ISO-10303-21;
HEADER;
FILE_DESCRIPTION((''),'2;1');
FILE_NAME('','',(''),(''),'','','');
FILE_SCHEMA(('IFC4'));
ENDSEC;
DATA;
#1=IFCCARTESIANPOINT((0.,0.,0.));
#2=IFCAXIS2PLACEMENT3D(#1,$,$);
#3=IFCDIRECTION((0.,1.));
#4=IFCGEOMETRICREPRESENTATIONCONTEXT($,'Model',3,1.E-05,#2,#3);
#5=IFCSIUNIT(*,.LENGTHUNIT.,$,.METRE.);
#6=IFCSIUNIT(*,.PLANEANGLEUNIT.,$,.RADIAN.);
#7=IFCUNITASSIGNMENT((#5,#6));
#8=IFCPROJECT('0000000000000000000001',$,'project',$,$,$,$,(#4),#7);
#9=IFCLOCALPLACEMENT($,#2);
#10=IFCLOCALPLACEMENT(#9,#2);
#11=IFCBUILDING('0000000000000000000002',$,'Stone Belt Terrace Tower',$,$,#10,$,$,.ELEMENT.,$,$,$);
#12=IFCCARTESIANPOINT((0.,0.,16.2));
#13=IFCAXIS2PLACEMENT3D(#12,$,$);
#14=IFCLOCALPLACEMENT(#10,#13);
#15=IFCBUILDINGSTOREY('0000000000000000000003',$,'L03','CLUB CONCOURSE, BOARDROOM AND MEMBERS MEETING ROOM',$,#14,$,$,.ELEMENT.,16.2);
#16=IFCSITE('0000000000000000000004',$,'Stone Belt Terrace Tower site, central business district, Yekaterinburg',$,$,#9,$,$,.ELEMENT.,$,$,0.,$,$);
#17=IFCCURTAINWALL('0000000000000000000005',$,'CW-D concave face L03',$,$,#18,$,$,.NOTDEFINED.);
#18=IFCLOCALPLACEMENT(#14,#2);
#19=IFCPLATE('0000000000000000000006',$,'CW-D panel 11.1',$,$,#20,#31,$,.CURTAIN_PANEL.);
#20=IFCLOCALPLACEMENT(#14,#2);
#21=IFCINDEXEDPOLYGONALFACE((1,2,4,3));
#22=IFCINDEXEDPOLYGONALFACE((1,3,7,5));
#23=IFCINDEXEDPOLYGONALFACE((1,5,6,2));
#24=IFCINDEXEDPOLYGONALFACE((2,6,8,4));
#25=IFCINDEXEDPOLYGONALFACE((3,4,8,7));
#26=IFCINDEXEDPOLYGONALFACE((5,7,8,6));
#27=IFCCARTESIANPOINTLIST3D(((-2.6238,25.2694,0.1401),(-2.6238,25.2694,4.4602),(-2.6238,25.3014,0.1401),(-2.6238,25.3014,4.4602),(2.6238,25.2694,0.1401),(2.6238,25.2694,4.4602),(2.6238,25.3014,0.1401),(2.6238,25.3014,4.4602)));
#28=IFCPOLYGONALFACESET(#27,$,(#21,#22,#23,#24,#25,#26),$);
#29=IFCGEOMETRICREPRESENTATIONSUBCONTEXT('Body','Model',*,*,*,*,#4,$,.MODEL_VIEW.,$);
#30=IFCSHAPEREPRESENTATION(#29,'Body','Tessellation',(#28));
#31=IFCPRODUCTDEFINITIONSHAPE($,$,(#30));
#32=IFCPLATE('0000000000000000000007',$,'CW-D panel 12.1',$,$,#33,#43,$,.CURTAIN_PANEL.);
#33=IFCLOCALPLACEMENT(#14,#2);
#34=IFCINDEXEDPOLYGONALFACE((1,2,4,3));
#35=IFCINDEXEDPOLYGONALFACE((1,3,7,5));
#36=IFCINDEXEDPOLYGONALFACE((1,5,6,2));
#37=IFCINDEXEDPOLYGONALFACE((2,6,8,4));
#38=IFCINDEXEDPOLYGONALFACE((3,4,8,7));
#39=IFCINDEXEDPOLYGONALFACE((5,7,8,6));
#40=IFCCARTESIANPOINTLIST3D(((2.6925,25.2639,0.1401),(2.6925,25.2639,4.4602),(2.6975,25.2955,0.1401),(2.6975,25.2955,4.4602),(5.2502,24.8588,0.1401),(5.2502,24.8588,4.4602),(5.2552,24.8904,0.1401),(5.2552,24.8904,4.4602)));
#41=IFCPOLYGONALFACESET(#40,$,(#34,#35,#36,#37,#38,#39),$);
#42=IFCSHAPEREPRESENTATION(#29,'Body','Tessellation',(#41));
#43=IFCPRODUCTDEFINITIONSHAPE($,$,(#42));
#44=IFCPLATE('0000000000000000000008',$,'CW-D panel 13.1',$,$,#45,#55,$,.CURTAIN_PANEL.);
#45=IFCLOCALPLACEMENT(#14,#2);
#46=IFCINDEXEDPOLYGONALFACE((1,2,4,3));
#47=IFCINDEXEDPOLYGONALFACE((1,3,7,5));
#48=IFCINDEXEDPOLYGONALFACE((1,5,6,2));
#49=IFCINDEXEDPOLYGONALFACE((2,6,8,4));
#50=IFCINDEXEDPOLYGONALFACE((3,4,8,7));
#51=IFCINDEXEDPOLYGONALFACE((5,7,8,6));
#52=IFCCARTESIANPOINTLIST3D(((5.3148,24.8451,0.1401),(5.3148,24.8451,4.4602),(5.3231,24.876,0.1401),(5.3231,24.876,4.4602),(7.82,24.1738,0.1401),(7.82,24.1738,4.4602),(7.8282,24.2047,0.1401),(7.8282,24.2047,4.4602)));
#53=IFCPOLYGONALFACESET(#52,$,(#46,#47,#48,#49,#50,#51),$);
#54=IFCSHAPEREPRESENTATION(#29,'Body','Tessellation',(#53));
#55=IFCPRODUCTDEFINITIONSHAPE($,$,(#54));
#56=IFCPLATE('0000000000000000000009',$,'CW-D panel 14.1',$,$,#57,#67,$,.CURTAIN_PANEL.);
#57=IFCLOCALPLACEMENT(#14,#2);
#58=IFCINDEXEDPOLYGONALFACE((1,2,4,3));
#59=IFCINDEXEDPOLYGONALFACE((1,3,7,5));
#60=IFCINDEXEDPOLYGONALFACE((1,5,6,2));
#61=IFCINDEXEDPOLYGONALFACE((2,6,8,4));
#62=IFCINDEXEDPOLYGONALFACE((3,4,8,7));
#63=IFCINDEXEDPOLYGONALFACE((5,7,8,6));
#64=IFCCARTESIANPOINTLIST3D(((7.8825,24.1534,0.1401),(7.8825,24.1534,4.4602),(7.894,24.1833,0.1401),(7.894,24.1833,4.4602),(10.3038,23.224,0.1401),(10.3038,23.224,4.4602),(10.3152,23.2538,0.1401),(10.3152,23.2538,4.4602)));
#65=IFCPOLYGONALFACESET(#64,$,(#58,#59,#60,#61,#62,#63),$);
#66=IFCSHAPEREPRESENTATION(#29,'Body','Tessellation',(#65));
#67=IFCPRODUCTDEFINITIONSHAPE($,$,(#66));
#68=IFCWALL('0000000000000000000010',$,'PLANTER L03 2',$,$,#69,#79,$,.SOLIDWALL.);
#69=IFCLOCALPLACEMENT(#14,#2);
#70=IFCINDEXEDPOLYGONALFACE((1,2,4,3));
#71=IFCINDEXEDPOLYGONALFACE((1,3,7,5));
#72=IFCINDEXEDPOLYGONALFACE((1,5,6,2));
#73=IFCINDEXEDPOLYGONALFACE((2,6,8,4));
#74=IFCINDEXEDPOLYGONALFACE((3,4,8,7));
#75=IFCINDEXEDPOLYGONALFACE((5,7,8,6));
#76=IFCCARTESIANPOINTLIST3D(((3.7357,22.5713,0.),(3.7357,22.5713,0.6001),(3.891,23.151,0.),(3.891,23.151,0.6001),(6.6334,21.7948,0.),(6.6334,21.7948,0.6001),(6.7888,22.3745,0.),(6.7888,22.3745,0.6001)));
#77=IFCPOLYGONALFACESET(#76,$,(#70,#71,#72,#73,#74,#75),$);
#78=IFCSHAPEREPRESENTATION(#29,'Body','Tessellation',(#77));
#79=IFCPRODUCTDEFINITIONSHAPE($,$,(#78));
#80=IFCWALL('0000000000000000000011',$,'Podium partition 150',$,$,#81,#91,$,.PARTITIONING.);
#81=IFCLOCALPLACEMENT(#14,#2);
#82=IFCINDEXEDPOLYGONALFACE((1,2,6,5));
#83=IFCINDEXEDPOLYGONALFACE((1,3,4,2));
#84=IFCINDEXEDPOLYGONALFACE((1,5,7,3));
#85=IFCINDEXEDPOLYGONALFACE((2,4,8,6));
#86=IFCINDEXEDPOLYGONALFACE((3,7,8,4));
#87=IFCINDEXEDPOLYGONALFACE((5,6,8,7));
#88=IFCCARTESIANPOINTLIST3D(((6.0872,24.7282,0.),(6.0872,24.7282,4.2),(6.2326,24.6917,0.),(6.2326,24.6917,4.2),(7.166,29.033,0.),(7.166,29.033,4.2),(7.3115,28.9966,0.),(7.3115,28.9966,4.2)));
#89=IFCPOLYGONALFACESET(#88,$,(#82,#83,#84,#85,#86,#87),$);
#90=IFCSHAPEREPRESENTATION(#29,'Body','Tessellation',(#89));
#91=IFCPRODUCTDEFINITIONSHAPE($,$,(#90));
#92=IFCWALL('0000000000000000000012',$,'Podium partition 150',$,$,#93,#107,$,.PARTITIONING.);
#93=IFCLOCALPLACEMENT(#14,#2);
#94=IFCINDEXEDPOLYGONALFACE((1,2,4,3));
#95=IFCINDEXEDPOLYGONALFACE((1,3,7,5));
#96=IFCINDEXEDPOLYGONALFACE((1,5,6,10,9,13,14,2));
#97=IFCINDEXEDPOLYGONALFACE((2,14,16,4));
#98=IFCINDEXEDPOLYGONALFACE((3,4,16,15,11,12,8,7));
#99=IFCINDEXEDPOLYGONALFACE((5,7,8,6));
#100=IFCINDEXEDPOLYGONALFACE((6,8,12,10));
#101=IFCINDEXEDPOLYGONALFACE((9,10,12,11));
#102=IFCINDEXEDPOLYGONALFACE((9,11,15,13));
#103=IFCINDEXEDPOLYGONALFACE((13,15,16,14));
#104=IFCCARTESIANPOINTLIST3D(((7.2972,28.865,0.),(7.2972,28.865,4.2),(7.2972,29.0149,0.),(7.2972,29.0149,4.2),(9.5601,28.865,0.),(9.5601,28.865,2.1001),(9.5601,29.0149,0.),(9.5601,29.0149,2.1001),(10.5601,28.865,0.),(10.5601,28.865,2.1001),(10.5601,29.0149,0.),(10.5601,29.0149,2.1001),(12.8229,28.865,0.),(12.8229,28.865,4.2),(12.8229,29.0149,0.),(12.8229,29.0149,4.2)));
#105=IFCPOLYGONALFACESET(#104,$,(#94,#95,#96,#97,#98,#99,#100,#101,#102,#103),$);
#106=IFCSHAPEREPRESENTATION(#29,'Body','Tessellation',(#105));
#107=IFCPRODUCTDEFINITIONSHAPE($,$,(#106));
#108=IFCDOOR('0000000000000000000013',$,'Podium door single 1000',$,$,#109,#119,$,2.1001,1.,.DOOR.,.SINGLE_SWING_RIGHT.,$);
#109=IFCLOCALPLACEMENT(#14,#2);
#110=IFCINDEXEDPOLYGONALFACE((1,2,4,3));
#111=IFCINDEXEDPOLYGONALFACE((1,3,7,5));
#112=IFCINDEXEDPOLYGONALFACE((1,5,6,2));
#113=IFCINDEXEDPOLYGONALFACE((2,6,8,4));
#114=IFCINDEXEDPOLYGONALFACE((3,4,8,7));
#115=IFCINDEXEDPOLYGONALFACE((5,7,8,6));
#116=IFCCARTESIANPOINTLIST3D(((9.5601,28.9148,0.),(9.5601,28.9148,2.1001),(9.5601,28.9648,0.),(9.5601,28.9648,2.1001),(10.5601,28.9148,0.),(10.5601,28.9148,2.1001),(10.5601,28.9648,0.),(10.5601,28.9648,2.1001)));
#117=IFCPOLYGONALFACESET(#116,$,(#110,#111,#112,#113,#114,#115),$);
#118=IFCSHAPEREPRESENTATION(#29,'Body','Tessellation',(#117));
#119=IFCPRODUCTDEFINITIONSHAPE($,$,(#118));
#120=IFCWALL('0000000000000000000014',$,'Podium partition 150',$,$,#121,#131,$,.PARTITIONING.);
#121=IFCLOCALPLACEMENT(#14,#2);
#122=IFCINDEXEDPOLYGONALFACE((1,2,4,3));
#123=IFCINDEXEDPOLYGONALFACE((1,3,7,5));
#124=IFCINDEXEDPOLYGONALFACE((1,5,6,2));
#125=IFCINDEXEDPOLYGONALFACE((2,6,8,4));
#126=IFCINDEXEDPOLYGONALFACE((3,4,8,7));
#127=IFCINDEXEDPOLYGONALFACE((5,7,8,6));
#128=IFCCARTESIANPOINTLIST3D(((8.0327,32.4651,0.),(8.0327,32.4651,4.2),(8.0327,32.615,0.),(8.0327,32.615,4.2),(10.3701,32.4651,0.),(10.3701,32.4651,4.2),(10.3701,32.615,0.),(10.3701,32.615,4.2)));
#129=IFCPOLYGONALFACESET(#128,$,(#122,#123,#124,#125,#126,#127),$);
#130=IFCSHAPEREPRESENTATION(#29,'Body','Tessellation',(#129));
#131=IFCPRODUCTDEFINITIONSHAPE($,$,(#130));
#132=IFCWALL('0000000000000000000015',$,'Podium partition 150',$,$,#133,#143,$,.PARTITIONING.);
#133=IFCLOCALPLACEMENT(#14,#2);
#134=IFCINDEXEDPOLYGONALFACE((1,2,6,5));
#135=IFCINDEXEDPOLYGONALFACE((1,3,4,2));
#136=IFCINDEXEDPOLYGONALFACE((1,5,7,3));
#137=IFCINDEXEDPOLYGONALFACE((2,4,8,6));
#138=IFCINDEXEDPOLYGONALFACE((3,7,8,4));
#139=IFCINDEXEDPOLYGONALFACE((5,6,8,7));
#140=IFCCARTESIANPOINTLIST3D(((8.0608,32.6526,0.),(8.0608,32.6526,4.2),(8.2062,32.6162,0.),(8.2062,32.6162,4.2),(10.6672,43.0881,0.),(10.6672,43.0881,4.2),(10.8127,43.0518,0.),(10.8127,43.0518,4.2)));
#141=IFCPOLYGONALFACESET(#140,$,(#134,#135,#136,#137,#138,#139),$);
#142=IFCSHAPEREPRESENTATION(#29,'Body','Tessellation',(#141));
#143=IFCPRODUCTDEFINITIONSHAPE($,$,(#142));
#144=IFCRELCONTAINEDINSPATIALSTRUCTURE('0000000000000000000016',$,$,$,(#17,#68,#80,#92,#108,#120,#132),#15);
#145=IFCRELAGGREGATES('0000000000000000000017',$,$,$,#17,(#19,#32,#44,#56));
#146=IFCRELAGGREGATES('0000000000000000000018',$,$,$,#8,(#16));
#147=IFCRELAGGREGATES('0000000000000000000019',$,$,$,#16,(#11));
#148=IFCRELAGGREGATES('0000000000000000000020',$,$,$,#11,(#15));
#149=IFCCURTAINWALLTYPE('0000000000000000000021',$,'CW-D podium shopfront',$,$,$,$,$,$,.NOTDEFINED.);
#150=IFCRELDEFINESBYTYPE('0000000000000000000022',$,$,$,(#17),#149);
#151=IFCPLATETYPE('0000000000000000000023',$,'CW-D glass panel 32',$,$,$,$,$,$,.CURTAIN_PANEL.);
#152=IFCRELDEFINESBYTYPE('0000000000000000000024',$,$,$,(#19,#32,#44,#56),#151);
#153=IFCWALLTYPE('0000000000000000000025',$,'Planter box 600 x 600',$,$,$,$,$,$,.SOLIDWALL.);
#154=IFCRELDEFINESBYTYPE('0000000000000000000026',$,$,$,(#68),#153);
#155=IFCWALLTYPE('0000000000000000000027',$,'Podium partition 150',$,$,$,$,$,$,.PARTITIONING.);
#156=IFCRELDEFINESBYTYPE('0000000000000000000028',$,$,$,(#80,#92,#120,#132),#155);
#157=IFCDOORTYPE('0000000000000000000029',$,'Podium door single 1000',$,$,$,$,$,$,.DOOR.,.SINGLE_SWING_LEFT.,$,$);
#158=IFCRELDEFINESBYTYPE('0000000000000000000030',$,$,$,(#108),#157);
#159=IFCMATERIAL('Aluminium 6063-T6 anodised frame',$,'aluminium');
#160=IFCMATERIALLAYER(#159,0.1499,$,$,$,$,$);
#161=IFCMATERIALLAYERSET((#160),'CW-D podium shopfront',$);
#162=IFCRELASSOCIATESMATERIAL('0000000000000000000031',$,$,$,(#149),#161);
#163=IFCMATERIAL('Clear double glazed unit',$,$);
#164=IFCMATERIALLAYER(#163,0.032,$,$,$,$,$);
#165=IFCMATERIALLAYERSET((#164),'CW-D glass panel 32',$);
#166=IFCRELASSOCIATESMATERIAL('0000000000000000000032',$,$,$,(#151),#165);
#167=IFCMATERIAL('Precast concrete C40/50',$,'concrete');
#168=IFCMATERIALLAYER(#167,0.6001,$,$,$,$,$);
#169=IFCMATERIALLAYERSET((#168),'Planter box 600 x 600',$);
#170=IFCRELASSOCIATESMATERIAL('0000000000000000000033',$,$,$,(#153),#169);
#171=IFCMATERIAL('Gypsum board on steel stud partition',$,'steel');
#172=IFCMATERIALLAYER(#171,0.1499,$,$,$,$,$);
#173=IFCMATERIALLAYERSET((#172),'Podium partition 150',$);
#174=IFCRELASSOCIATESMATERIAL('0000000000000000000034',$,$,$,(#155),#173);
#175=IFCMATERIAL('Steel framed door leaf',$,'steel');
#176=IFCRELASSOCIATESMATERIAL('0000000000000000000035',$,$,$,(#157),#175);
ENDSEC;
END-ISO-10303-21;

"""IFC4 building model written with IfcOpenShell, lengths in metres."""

from ifc_helpers import new_model, si_unit, direction, frame, frame_2d, origin, origin_2d, place, context, subcontext, project, spatial, rectangle, extrude, material, layer, layer_set, type_object, element, fill, aggregate, save


model = new_model("IFC4")

# Units and contexts
model_context = context("Model", 3, precision=1e-05, world=origin(), true_north=direction((0.0, 1.0)))
body_context = subcontext(model_context, "Body", "Model", "MODEL_VIEW")
ifc_project = project(units=[si_unit("LENGTHUNIT", "METRE"), si_unit("PLANEANGLEUNIT", "RADIAN")], contexts=[model_context])

# Site, building, storey
site_placement = place(None, origin())
site = spatial("IfcSite", under=ifc_project, at=site_placement, Name="Stone Belt Terrace Tower site, central business district, Yekaterinburg", CompositionType="ELEMENT", RefElevation=0.0)
building_placement = place(site_placement, origin())
building = spatial("IfcBuilding", under=site, at=building_placement, Name="Stone Belt Terrace Tower", CompositionType="ELEMENT")
storey_placement = place(building_placement, frame((0.0, 0.0, 16.2)))
storey = spatial("IfcBuildingStorey", under=building, at=storey_placement, Name="L03", Description="CLUB CONCOURSE, BOARDROOM AND MEMBERS MEETING ROOM", CompositionType="ELEMENT", Elevation=16.2)

# Curtain wall, plates
ifc_material_1 = material(Name="Aluminium 6063-T6 anodised frame", Category="aluminium")
ifc_layer_1 = layer(ifc_material_1, 0.1499)
ifc_layer_set_1 = layer_set([ifc_layer_1], Name="CW-D podium shopfront")
curtain_wall_type = type_object("IfcCurtainWallType", Name="CW-D podium shopfront", PredefinedType="NOTDEFINED", material=ifc_layer_set_1)
curtain_wall_placement = place(storey_placement, origin())
curtain_wall = element("IfcCurtainWall", 1, at=curtain_wall_placement, inside=storey, type_object=curtain_wall_type, Name="CW-D concave face L03", PredefinedType="NOTDEFINED")
ifc_material_2 = material(Name="Clear double glazed unit")
ifc_layer_2 = layer(ifc_material_2, 0.032)
ifc_layer_set_2 = layer_set([ifc_layer_2], Name="CW-D glass panel 32")
plate_type = type_object("IfcPlateType", Name="CW-D glass panel 32", PredefinedType="CURTAIN_PANEL", material=ifc_layer_set_2)
plate_1_placement = place(storey_placement, frame((0.0, 25.2854, 0.1401), z_axis=(0.0, 0.0, 1.0), x_axis=(1.0, 0.0, 0.0)))
plate_1 = element("IfcPlate", 2, at=plate_1_placement, type_object=plate_type, Name="CW-D panel 11.1", PredefinedType="CURTAIN_PANEL", context=body_context, shape_type="SweptSolid", body=[
    extrude(rectangle(XDim=5.2476, YDim=0.032, at=origin_2d()), origin(), (0.0, 0.0, 1.0), 4.3201),
])
plate_2_placement = place(storey_placement, frame((3.9739, 25.0771, 0.1401), z_axis=(0.0, 0.0, 1.0), x_axis=(0.987688, -0.156434, 0.0)))
plate_2 = element("IfcPlate", 3, at=plate_2_placement, type_object=plate_type, Name="CW-D panel 12.1", PredefinedType="CURTAIN_PANEL", context=body_context, shape_type="SweptSolid", body=[
    extrude(rectangle(XDim=2.5896, YDim=0.032, at=origin_2d()), origin(), (0.0, 0.0, 1.0), 4.3201),
])
plate_3_placement = place(storey_placement, frame((6.5715, 24.5249, 0.1401), z_axis=(0.0, 0.0, 1.0), x_axis=(0.965926, -0.258819, 0.0)))
plate_3 = element("IfcPlate", 4, at=plate_3_placement, type_object=plate_type, Name="CW-D panel 13.1", PredefinedType="CURTAIN_PANEL", context=body_context, shape_type="SweptSolid", body=[
    extrude(rectangle(XDim=2.5935, YDim=0.032, at=origin_2d()), origin(), (0.0, 0.0, 1.0), 4.3201),
])
plate_4_placement = place(storey_placement, frame((9.0989, 23.7036, 0.1401), z_axis=(0.0, 0.0, 1.0), x_axis=(0.93358, -0.358368, 0.0)))
plate_4 = element("IfcPlate", 5, at=plate_4_placement, type_object=plate_type, Name="CW-D panel 14.1", PredefinedType="CURTAIN_PANEL", context=body_context, shape_type="SweptSolid", body=[
    extrude(rectangle(XDim=2.5935, YDim=0.032, at=origin_2d()), origin(), (0.0, 0.0, 1.0), 4.3201),
])
aggregate(curtain_wall, [plate_1, plate_2, plate_3, plate_4])

# Walls
ifc_material_3 = material(Name="Precast concrete C40/50", Category="concrete")
ifc_layer_3 = layer(ifc_material_3, 0.6001)
ifc_layer_set_3 = layer_set([ifc_layer_3], Name="Planter box 600 x 600")
wall_type_1 = type_object("IfcWallType", Name="Planter box 600 x 600", PredefinedType="SOLIDWALL", material=ifc_layer_set_3)
wall_1_placement = place(storey_placement, frame((5.2622, 22.4729, 0.0), z_axis=(0.0, 0.0, 1.0), x_axis=(0.965926, -0.258819, 0.0)))
element("IfcWall", 6, at=wall_1_placement, inside=storey, type_object=wall_type_1, Name="PLANTER L03 2", PredefinedType="SOLIDWALL", context=body_context, shape_type="SweptSolid", body=[
    extrude(rectangle(XDim=3.0, YDim=0.6001, at=origin_2d()), origin(), (0.0, 0.0, 1.0), 0.6001),
])
ifc_material_4 = material(Name="Gypsum board on steel stud partition", Category="steel")
ifc_layer_4 = layer(ifc_material_4, 0.1499)
ifc_layer_set_4 = layer_set([ifc_layer_4], Name="Podium partition 150")
wall_type_2 = type_object("IfcWallType", Name="Podium partition 150", PredefinedType="PARTITIONING", material=ifc_layer_set_4)
wall_2_placement = place(storey_placement, frame((6.1599, 24.71, 0.0), z_axis=(0.0, 0.0, 1.0), x_axis=(0.243092, 0.970003, 0.0)))
element("IfcWall", 7, at=wall_2_placement, inside=storey, type_object=wall_type_2, Name="Podium partition 150", PredefinedType="PARTITIONING", context=body_context, shape_type="SweptSolid", body=[
    extrude(rectangle(XDim=4.438, YDim=0.1499, at=frame_2d((2.219, 0.0))), origin(), (0.0, 0.0, 1.0), 4.2),
])

# Wall, opening, door
wall_3_placement = place(storey_placement, frame((7.2974, 28.9399, 0.0), z_axis=(0.0, 0.0, 1.0), x_axis=(1.0, 0.0, 0.0)))
wall_3 = element("IfcWall", 8, at=wall_3_placement, inside=storey, type_object=wall_type_2, Name="Podium partition 150", PredefinedType="PARTITIONING", context=body_context, shape_type="SweptSolid", body=[
    extrude(rectangle(XDim=5.5256, YDim=0.1499, at=frame_2d((2.7627, 0.0))), origin(), (0.0, 0.0, 1.0), 4.2),
])
opening_placement = place(wall_3_placement, frame((2.2627, 0.0, 0.0)))
opening = element("IfcOpeningElement", 9, at=opening_placement, cuts=wall_3, PredefinedType="OPENING", context=body_context, shape_type="SweptSolid", body=[
    extrude(rectangle(XDim=1.0, YDim=2.1001, at=frame_2d((0.5, 1.05))), frame((0.0, 0.085, 0.0), z_axis=(0.0, -1.0, 0.0), x_axis=(1.0, 0.0, 0.0)), (0.0, 0.0, 1.0), 0.1699),
])
ifc_material_5 = material(Name="Steel framed door leaf", Category="steel")
door_type = type_object("IfcDoorType", Name="Podium door single 1000", OperationType="SINGLE_SWING_LEFT", PredefinedType="DOOR", material=ifc_material_5)
door_placement = place(opening_placement, origin())
door = element("IfcDoor", 10, at=door_placement, inside=storey, type_object=door_type, Name="Podium door single 1000", OperationType="SINGLE_SWING_RIGHT", OverallHeight=2.1001, OverallWidth=1.0, PredefinedType="DOOR", context=body_context, shape_type="SweptSolid", body=[
    extrude(rectangle(XDim=1.0, YDim=2.1001, at=frame_2d((0.5, 1.05))), frame((0.0, 0.0249, 0.0), z_axis=(0.0, -1.0, 0.0), x_axis=(1.0, 0.0, 0.0)), (0.0, 0.0, 1.0), 0.05),
])
fill(opening, door)

# Walls
wall_4_placement = place(storey_placement, frame((8.0327, 32.54, 0.0), z_axis=(0.0, 0.0, 1.0), x_axis=(1.0, 0.0, 0.0)))
element("IfcWall", 11, at=wall_4_placement, inside=storey, type_object=wall_type_2, Name="Podium partition 150", PredefinedType="PARTITIONING", context=body_context, shape_type="SweptSolid", body=[
    extrude(rectangle(XDim=2.3374, YDim=0.1499, at=frame_2d((1.1687, 0.0))), origin(), (0.0, 0.0, 1.0), 4.2),
])
wall_5_placement = place(storey_placement, frame((8.1335, 32.6345, 0.0), z_axis=(0.0, 0.0, 1.0), x_axis=(0.242322, 0.970196, 0.0)))
element("IfcWall", 12, at=wall_5_placement, inside=storey, type_object=wall_type_2, Name="Podium partition 150", PredefinedType="PARTITIONING", context=body_context, shape_type="SweptSolid", body=[
    extrude(rectangle(XDim=10.7561, YDim=0.1499, at=frame_2d((5.3779, 0.0))), origin(), (0.0, 0.0, 1.0), 4.2),
])

save(model, "model.ifc")
